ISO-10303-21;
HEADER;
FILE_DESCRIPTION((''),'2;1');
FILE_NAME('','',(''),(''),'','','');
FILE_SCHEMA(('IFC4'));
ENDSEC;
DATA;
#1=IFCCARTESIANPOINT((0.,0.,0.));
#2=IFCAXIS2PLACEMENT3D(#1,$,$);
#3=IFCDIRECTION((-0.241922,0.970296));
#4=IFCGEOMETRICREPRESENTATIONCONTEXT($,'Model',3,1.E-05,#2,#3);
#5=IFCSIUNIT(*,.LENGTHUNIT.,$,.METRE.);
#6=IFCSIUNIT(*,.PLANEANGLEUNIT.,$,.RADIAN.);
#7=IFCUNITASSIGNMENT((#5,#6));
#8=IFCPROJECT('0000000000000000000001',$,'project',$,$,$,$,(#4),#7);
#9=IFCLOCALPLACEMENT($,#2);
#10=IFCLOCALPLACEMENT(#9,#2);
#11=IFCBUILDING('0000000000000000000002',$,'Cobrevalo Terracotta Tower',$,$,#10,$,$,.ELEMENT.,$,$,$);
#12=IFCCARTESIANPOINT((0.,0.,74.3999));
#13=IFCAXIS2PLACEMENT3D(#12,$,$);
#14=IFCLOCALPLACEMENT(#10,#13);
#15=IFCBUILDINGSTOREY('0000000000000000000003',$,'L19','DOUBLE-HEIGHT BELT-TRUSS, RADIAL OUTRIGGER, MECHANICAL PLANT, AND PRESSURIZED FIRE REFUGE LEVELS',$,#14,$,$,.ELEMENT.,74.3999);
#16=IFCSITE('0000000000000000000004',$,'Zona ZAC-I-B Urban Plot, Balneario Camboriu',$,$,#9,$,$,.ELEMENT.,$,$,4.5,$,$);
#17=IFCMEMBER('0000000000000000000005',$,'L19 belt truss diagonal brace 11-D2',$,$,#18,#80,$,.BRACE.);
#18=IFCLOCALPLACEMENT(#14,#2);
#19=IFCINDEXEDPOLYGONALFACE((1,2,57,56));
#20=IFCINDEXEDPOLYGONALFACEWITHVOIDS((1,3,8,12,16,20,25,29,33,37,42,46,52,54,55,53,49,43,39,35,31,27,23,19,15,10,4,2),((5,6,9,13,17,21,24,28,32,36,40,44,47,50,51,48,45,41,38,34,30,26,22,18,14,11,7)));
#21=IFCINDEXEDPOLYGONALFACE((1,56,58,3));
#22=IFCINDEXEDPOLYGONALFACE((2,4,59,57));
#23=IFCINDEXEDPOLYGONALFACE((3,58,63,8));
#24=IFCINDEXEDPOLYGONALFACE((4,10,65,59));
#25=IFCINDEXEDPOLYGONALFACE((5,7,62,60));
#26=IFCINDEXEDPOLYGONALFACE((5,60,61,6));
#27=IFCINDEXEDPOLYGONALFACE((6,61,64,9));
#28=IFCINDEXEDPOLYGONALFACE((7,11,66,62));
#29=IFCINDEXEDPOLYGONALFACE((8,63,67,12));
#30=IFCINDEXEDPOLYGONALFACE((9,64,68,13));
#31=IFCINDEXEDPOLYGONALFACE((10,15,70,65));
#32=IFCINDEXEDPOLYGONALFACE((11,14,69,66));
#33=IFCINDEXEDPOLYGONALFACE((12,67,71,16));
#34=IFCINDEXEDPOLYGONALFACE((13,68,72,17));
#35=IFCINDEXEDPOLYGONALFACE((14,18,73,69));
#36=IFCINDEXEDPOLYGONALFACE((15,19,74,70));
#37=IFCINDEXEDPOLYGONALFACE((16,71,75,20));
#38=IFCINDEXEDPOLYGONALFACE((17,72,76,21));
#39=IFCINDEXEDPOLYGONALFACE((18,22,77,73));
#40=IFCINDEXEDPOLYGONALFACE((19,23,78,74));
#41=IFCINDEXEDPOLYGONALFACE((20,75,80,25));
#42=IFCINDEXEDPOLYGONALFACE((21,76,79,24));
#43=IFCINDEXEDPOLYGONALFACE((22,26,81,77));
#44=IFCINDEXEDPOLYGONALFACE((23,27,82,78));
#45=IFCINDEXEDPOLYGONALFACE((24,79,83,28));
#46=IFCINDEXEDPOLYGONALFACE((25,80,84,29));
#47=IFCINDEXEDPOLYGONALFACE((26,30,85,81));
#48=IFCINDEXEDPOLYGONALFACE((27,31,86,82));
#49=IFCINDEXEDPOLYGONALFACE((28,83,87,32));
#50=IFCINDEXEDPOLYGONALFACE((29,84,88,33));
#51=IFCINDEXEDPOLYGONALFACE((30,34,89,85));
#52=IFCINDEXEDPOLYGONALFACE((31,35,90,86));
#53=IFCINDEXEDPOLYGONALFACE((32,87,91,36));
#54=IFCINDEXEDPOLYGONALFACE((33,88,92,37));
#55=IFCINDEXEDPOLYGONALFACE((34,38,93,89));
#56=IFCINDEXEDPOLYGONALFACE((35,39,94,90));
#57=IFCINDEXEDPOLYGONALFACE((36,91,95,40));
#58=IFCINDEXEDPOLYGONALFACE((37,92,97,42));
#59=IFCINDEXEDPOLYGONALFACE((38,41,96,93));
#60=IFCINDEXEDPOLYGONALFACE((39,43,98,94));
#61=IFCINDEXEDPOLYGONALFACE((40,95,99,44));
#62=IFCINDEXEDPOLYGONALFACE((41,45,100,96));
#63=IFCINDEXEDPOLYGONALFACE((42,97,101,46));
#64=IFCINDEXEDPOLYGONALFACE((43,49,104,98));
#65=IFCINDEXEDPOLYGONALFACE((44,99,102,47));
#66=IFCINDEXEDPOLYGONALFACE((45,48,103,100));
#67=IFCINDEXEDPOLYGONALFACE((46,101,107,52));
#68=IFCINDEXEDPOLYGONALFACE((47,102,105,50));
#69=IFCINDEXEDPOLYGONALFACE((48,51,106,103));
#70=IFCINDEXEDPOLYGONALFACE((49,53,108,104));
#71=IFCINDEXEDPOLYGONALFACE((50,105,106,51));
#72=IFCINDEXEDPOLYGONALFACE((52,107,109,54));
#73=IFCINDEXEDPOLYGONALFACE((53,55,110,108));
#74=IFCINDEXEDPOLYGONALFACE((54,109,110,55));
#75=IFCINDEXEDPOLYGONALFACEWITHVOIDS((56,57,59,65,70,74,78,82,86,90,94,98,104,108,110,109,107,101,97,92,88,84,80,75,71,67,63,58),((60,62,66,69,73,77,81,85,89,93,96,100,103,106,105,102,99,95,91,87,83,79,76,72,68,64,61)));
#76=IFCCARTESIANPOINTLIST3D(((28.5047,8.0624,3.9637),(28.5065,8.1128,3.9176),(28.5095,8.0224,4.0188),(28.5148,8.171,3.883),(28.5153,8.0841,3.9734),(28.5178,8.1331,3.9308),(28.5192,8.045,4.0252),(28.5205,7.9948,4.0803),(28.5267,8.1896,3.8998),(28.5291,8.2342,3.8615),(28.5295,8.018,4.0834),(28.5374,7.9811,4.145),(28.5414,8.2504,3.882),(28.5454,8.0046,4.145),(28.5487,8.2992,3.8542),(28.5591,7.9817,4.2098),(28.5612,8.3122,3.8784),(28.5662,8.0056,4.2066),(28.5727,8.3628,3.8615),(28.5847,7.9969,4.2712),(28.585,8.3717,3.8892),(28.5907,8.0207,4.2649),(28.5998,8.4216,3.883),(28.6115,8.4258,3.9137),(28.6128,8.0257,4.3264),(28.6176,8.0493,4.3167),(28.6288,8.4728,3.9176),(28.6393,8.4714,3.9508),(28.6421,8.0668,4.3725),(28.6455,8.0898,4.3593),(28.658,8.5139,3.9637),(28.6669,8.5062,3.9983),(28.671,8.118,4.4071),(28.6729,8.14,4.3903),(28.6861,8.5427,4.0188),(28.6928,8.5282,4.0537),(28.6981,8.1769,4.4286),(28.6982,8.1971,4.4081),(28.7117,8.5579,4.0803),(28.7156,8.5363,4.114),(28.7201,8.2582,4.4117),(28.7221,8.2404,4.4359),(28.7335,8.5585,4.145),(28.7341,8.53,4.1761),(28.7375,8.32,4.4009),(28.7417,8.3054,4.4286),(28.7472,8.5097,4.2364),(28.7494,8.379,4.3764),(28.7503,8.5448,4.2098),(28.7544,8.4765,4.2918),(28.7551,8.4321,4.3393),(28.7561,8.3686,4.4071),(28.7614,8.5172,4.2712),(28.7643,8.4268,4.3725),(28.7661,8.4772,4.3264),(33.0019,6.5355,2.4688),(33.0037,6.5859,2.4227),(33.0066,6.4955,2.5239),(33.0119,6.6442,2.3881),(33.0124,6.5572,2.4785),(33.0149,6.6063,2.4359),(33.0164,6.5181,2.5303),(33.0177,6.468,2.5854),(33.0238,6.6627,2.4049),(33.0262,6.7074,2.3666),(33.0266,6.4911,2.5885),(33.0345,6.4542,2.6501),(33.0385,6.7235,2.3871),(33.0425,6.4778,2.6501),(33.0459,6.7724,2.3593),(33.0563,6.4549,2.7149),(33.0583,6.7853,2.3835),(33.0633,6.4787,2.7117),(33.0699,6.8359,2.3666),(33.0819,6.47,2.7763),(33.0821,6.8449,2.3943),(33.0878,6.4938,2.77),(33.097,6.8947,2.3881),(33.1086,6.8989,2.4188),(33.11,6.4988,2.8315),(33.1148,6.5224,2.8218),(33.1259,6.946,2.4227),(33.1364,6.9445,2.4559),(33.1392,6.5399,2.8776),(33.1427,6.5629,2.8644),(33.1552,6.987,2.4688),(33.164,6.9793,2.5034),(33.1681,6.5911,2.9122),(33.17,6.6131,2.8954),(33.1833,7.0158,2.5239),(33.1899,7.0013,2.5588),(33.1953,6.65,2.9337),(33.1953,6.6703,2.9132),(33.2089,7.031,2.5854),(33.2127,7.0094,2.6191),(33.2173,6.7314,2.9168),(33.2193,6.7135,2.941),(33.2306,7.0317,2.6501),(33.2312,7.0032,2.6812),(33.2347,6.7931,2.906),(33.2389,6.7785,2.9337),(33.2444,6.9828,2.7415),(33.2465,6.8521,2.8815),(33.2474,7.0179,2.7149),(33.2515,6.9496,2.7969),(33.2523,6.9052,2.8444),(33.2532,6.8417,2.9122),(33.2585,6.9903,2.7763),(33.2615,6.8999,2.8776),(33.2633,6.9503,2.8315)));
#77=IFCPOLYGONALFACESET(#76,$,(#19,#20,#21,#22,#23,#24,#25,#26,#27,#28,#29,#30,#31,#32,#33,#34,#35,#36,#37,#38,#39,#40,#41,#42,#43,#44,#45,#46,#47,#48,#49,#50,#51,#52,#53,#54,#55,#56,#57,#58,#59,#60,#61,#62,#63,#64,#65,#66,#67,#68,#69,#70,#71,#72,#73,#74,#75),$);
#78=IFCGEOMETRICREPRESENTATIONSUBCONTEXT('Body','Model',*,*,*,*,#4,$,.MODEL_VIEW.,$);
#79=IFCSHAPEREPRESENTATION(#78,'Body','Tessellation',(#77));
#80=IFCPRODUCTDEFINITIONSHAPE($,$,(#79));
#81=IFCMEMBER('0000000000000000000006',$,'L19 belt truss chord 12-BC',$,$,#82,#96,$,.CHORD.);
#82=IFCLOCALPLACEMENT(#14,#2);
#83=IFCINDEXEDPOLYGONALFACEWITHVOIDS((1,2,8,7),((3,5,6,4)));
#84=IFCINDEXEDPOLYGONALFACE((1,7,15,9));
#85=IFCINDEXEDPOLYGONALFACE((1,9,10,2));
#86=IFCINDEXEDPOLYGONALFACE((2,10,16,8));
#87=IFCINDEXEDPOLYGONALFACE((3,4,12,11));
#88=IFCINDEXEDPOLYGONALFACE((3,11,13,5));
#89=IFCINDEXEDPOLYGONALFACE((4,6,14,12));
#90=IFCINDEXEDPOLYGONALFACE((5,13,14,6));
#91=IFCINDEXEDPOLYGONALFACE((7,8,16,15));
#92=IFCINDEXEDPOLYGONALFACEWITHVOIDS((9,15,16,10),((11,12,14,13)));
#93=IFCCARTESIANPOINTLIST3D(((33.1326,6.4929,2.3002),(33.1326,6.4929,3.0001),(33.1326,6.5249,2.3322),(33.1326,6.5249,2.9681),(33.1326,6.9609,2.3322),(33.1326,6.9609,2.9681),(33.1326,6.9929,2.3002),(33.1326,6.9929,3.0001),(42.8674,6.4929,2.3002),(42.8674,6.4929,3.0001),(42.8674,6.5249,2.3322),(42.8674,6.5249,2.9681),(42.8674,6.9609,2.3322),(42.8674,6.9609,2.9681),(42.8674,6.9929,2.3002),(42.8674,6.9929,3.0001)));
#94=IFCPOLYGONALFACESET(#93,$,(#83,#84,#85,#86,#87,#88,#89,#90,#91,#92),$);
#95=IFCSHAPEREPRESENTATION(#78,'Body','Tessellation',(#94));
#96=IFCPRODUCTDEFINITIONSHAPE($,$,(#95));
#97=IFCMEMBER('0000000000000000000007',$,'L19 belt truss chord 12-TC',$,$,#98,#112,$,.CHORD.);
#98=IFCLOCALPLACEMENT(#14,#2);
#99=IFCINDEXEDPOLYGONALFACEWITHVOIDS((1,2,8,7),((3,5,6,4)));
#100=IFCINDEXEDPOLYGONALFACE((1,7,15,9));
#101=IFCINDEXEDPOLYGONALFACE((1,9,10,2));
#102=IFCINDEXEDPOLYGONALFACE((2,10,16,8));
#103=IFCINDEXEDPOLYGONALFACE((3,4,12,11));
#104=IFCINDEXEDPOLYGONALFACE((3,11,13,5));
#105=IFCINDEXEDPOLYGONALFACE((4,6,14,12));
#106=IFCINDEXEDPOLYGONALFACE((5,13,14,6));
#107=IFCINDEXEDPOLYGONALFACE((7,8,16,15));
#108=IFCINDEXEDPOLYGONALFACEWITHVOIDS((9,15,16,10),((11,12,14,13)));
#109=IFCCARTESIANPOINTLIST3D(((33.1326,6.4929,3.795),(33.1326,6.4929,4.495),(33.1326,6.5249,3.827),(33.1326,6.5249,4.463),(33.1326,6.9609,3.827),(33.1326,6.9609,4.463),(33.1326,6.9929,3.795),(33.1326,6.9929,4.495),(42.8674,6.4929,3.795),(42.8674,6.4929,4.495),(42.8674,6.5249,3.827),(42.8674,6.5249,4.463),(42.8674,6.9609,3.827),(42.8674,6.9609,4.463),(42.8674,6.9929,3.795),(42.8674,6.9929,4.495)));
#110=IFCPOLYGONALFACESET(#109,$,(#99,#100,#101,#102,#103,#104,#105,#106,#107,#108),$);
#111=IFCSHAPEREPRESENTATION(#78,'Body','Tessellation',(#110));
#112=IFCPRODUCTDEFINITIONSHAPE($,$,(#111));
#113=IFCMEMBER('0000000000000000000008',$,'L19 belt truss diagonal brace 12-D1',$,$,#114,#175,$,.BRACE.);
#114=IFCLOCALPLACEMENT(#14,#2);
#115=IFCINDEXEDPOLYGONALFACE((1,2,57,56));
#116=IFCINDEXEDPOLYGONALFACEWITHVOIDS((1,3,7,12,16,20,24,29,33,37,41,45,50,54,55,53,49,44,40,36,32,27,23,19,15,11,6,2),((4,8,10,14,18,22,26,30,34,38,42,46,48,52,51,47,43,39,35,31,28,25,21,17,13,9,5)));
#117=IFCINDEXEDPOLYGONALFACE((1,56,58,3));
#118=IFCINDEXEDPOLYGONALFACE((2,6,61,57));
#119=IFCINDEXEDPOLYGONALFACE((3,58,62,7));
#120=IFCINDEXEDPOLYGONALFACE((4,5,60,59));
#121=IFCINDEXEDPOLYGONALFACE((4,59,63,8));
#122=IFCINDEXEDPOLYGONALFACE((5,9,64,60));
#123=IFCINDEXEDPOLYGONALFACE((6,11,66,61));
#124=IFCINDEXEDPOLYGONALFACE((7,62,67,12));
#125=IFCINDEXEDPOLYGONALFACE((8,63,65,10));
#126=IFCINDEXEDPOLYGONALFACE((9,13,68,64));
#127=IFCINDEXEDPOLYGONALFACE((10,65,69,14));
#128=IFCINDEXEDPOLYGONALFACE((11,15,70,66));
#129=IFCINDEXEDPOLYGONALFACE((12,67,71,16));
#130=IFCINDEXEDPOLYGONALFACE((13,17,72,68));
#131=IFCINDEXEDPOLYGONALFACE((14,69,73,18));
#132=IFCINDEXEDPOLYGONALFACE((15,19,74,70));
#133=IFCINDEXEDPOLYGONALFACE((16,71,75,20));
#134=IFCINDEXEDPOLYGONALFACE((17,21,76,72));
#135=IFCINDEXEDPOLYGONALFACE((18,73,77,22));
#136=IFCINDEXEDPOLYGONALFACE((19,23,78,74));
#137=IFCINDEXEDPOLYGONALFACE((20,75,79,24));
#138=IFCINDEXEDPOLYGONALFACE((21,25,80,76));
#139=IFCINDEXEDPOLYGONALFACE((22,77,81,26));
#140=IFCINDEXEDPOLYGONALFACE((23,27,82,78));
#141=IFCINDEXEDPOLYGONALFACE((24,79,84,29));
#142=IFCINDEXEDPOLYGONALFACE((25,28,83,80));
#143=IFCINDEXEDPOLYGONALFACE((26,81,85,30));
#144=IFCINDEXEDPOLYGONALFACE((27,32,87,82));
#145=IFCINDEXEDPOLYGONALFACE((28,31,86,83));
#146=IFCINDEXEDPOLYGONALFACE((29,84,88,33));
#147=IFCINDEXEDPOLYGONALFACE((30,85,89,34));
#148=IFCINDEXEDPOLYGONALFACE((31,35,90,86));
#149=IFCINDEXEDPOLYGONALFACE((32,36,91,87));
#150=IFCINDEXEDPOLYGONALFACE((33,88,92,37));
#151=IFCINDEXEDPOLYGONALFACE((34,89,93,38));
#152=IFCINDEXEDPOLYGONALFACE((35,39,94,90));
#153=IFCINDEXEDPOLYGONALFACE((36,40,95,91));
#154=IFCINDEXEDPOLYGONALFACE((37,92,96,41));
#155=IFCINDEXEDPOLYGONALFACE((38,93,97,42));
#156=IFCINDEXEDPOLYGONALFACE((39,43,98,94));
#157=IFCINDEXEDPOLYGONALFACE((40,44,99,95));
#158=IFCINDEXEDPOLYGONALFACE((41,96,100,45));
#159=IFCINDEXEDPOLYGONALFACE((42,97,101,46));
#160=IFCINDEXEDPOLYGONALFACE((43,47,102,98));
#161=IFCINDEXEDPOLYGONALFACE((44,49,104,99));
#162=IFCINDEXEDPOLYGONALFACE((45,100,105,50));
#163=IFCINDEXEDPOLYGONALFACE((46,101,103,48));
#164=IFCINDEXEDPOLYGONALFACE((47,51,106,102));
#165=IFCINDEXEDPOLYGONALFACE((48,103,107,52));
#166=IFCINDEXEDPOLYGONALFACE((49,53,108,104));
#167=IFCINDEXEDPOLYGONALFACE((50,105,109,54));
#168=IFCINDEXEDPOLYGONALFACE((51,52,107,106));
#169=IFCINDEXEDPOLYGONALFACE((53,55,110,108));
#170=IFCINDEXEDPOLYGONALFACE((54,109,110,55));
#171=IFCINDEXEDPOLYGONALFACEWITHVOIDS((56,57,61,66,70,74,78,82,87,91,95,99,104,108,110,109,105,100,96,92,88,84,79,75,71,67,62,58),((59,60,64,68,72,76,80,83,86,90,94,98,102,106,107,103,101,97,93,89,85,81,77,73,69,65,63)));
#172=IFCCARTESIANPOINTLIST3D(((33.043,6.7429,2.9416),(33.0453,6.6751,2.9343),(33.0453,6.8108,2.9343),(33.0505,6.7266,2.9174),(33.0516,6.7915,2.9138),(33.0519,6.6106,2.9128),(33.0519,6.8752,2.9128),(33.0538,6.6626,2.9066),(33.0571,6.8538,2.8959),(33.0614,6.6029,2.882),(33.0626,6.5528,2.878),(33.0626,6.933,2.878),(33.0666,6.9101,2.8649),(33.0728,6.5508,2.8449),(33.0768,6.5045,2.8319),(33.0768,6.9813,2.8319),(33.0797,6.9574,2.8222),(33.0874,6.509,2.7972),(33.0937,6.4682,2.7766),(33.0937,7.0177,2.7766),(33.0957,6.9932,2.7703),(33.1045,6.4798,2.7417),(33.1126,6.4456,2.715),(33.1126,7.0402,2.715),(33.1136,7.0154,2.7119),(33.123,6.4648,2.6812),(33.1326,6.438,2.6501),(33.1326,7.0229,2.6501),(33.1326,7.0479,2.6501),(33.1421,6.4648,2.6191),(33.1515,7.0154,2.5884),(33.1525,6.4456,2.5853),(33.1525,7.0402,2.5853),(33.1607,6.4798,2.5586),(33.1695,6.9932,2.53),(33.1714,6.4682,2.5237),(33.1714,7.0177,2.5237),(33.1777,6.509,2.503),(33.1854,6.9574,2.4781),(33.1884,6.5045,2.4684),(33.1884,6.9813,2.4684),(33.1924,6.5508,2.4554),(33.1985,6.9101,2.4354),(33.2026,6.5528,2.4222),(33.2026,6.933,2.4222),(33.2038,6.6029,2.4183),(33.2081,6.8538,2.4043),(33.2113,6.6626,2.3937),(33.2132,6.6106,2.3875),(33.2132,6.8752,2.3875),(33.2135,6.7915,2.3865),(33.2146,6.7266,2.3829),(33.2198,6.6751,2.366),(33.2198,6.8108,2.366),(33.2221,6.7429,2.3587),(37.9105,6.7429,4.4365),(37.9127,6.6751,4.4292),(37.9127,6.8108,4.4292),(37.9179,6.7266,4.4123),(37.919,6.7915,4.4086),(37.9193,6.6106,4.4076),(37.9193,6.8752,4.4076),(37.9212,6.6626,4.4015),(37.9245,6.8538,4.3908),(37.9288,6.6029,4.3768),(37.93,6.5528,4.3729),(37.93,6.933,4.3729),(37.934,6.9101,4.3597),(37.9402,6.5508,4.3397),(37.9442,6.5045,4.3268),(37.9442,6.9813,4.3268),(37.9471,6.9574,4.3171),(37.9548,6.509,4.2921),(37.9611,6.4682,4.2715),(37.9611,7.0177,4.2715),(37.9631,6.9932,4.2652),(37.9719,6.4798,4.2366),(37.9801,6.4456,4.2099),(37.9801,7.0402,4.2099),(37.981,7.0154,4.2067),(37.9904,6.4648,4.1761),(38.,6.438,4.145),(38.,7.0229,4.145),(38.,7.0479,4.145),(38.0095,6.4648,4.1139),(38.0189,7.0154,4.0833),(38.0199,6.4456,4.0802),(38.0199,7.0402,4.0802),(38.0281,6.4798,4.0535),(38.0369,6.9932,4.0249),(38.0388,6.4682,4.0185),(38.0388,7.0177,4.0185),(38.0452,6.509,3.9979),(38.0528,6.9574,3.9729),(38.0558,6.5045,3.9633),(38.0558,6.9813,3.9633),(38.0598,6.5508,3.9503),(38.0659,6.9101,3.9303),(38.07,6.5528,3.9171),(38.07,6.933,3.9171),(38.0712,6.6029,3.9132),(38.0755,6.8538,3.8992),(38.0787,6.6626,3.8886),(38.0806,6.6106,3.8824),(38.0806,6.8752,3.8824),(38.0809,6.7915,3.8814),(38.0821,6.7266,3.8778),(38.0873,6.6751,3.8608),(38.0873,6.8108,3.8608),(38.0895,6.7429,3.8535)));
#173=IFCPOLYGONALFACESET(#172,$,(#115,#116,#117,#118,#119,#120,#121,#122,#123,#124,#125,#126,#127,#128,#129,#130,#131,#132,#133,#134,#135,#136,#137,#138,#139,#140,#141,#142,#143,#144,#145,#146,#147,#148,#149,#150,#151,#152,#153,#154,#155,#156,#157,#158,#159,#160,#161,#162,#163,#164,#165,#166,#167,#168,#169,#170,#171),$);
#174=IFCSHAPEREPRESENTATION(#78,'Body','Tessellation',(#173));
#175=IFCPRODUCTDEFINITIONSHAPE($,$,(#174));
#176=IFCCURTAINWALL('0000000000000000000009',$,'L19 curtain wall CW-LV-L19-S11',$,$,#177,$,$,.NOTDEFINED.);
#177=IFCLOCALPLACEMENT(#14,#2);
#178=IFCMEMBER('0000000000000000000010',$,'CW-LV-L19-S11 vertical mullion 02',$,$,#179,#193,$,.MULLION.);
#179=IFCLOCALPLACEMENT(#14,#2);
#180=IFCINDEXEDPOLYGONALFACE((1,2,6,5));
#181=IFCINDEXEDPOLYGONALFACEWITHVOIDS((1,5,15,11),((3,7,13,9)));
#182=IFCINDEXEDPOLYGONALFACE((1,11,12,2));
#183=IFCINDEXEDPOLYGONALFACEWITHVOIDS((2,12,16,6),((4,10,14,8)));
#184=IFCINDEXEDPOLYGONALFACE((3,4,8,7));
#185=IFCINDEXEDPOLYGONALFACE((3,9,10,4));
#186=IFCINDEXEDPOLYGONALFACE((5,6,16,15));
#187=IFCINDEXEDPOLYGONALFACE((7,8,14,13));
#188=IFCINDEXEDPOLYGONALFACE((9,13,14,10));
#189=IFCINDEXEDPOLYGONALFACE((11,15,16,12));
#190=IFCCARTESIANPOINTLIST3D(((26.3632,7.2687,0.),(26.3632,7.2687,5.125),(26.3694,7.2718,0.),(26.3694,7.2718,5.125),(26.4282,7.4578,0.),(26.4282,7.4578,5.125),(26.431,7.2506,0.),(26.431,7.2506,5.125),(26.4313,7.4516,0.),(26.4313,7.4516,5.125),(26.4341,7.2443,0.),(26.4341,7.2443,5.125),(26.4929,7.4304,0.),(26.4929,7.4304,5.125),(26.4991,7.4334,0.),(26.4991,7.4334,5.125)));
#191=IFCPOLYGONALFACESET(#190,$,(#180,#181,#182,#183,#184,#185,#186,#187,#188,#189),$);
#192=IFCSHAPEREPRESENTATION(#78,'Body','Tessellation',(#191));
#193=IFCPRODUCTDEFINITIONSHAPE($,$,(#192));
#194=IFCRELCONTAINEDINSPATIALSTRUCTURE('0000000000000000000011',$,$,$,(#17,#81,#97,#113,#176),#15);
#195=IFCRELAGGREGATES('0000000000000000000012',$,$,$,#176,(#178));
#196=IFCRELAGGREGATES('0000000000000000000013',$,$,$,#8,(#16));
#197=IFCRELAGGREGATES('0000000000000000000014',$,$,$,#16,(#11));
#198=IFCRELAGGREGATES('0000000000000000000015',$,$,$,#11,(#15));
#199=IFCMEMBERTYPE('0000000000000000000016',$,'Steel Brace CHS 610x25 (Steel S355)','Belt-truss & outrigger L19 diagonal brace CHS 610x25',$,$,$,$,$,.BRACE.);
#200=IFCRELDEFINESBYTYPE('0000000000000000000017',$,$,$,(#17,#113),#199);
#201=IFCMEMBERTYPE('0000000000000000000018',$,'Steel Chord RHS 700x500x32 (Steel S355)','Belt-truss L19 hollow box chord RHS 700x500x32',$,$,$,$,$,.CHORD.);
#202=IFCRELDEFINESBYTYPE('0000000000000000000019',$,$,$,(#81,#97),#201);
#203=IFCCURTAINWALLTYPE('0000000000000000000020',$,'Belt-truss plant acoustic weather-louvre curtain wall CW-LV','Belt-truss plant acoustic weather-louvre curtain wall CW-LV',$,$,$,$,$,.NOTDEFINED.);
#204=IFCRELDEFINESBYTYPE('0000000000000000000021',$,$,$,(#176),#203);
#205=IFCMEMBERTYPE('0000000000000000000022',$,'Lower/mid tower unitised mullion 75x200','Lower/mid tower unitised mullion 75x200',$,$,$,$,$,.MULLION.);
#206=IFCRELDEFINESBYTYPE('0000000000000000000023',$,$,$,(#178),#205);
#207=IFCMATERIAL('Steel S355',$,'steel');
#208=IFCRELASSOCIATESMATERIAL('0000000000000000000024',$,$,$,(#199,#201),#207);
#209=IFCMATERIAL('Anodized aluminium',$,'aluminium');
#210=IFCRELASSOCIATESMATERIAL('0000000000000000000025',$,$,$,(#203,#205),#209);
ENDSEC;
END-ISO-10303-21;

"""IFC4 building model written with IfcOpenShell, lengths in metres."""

from ifc_helpers import new_model, si_unit, direction, frame, origin, origin_2d, place, context, subcontext, project, spatial, hollow_rectangle, hollow_circle, extrude, source, transform, mapped, material, material_profile, profile_set, type_object, element, aggregate, save


model = new_model("IFC4")

# Units and contexts
model_context = context("Model", 3, precision=1e-05, world=origin(), true_north=direction((-0.241922, 0.970296)))
body_context = subcontext(model_context, "Body", "Model", "MODEL_VIEW")
ifc_project = project(units=[si_unit("LENGTHUNIT", "METRE"), si_unit("PLANEANGLEUNIT", "RADIAN")], contexts=[model_context])

# Site, building, storey
site_placement = place(None, origin())
site = spatial("IfcSite", under=ifc_project, at=site_placement, Name="Zona ZAC-I-B Urban Plot, Balneario Camboriu", CompositionType="ELEMENT", RefElevation=4.5)
building_placement = place(site_placement, origin())
building = spatial("IfcBuilding", under=site, at=building_placement, Name="Cobrevalo Terracotta Tower", CompositionType="ELEMENT")
storey_placement = place(building_placement, frame((0.0, 0.0, 74.3999)))
storey = spatial("IfcBuildingStorey", under=building, at=storey_placement, Name="L19", Description="DOUBLE-HEIGHT BELT-TRUSS, RADIAL OUTRIGGER, MECHANICAL PLANT, AND PRESSURIZED FIRE REFUGE LEVELS", CompositionType="ELEMENT", Elevation=74.3999)

# Shared definitions
ifc_material_1 = material(Name="Steel S355", Category="steel")

# Members
ifc_material_profile_1 = material_profile(ifc_material_1, hollow_circle(Radius=0.3049, WallThickness=0.0249, at=origin_2d()), Name="CHS 610x25")
ifc_profile_set_1 = profile_set([ifc_material_profile_1], Name="Steel S355")
member_type_1 = type_object("IfcMemberType", Name="Steel Brace CHS 610x25 (Steel S355)", Description="Belt-truss & outrigger L19 diagonal brace CHS 610x25", PredefinedType="BRACE", material=ifc_profile_set_1)
shared_shape_1 = source(origin(), body_context, "Body", "SweptSolid", [
    extrude(hollow_circle(Radius=0.3049, WallThickness=0.0249, at=origin_2d()), origin(), (0.0, 0.0, 1.0), 4.979),
])
member_1_placement = place(storey_placement, frame((33.1326, 6.7429, 2.6501), z_axis=(-0.903223, 0.306664, 0.300241), x_axis=(-0.321497, -0.946911, 0.0)))
element("IfcMember", 1, at=member_1_placement, inside=storey, type_object=member_type_1, Name="L19 belt truss diagonal brace 11-D2", PredefinedType="BRACE", context=body_context, shape_type="MappedRepresentation", body=[
    mapped(shared_shape_1, transform((0.0, 0.0, 0.0), scale=1.0)),
])
ifc_material_profile_2 = material_profile(ifc_material_1, hollow_rectangle(XDim=0.5, YDim=0.7, WallThickness=0.032, at=origin_2d()), Name="RHS 700x500x32")
ifc_profile_set_2 = profile_set([ifc_material_profile_2], Name="Steel S355")
member_type_2 = type_object("IfcMemberType", Name="Steel Chord RHS 700x500x32 (Steel S355)", Description="Belt-truss L19 hollow box chord RHS 700x500x32", PredefinedType="CHORD", material=ifc_profile_set_2)
shared_shape_2 = source(origin(), body_context, "Body", "SweptSolid", [
    extrude(hollow_rectangle(XDim=0.5, YDim=0.7, WallThickness=0.032, at=origin_2d()), origin(), (0.0, 0.0, 1.0), 9.7349),
])
for number, where, z_axis, x_axis, name in (
    (2, (33.1326, 6.7429, 2.6501), (1.0, 0.0, 0.0), (0.0, 1.0, 0.0), "L19 belt truss chord 12-BC"),
    (3, (33.1326, 6.7429, 4.145), (1.0, 0.0, 0.0), (0.0, 1.0, 0.0), "L19 belt truss chord 12-TC"),
):
    element("IfcMember", number, at=place(storey_placement, frame(where, z_axis=z_axis, x_axis=x_axis)), inside=storey, type_object=member_type_2, Name=name, PredefinedType="CHORD", context=body_context, shape_type="MappedRepresentation", body=[
        mapped(shared_shape_2, transform((0.0, 0.0, 0.0), scale=1.0)),
    ])
shared_shape_3 = source(origin(), body_context, "Body", "SweptSolid", [
    extrude(hollow_circle(Radius=0.3049, WallThickness=0.0249, at=origin_2d()), origin(), (0.0, 0.0, 1.0), 5.0918),
])
member_2_placement = place(storey_placement, frame((33.1326, 6.7429, 2.6501), z_axis=(0.955933, 0.0, 0.293584), x_axis=(0.0, 1.0, 0.0)))
element("IfcMember", 4, at=member_2_placement, inside=storey, type_object=member_type_1, Name="L19 belt truss diagonal brace 12-D1", PredefinedType="BRACE", context=body_context, shape_type="MappedRepresentation", body=[
    mapped(shared_shape_3, transform((0.0, 0.0, 0.0), scale=1.0)),
])

# Curtain wall, member
ifc_material_2 = material(Name="Anodized aluminium", Category="aluminium")
curtain_wall_type = type_object("IfcCurtainWallType", Name="Belt-truss plant acoustic weather-louvre curtain wall CW-LV", Description="Belt-truss plant acoustic weather-louvre curtain wall CW-LV", PredefinedType="NOTDEFINED", material=ifc_material_2)
curtain_wall_1_placement = place(storey_placement, origin())
curtain_wall_1 = element("IfcCurtainWall", 5, at=curtain_wall_1_placement, inside=storey, type_object=curtain_wall_type, Name="L19 curtain wall CW-LV-L19-S11", PredefinedType="NOTDEFINED")
ifc_material_profile_3 = material_profile(ifc_material_2, hollow_rectangle(XDim=0.075, YDim=0.2, WallThickness=0.0049, at=origin_2d()), Name="CWM 75x200")
ifc_profile_set_3 = profile_set([ifc_material_profile_3], Name="Anodized aluminium")
member_type_3 = type_object("IfcMemberType", Name="Lower/mid tower unitised mullion 75x200", Description="Lower/mid tower unitised mullion 75x200", PredefinedType="MULLION", material=ifc_profile_set_3)
shared_shape_4 = source(origin(), body_context, "Body", "SweptSolid", [
    extrude(hollow_rectangle(XDim=0.075, YDim=0.2, WallThickness=0.0049, at=origin_2d()), origin(), (0.0, 0.0, 1.0), 5.125),
])
member_3_placement = place(storey_placement, frame((26.4312, 7.3511, 0.0), z_axis=(0.0, 0.0, 1.0), x_axis=(0.945598, -0.325337, 0.0)))
member_3 = element("IfcMember", 6, at=member_3_placement, type_object=member_type_3, Name="CW-LV-L19-S11 vertical mullion 02", PredefinedType="MULLION", context=body_context, shape_type="MappedRepresentation", body=[
    mapped(shared_shape_4, transform((0.0, 0.0, 0.0), scale=1.0)),
])

aggregate(curtain_wall_1, [member_3])

save(model, "model.ifc")
